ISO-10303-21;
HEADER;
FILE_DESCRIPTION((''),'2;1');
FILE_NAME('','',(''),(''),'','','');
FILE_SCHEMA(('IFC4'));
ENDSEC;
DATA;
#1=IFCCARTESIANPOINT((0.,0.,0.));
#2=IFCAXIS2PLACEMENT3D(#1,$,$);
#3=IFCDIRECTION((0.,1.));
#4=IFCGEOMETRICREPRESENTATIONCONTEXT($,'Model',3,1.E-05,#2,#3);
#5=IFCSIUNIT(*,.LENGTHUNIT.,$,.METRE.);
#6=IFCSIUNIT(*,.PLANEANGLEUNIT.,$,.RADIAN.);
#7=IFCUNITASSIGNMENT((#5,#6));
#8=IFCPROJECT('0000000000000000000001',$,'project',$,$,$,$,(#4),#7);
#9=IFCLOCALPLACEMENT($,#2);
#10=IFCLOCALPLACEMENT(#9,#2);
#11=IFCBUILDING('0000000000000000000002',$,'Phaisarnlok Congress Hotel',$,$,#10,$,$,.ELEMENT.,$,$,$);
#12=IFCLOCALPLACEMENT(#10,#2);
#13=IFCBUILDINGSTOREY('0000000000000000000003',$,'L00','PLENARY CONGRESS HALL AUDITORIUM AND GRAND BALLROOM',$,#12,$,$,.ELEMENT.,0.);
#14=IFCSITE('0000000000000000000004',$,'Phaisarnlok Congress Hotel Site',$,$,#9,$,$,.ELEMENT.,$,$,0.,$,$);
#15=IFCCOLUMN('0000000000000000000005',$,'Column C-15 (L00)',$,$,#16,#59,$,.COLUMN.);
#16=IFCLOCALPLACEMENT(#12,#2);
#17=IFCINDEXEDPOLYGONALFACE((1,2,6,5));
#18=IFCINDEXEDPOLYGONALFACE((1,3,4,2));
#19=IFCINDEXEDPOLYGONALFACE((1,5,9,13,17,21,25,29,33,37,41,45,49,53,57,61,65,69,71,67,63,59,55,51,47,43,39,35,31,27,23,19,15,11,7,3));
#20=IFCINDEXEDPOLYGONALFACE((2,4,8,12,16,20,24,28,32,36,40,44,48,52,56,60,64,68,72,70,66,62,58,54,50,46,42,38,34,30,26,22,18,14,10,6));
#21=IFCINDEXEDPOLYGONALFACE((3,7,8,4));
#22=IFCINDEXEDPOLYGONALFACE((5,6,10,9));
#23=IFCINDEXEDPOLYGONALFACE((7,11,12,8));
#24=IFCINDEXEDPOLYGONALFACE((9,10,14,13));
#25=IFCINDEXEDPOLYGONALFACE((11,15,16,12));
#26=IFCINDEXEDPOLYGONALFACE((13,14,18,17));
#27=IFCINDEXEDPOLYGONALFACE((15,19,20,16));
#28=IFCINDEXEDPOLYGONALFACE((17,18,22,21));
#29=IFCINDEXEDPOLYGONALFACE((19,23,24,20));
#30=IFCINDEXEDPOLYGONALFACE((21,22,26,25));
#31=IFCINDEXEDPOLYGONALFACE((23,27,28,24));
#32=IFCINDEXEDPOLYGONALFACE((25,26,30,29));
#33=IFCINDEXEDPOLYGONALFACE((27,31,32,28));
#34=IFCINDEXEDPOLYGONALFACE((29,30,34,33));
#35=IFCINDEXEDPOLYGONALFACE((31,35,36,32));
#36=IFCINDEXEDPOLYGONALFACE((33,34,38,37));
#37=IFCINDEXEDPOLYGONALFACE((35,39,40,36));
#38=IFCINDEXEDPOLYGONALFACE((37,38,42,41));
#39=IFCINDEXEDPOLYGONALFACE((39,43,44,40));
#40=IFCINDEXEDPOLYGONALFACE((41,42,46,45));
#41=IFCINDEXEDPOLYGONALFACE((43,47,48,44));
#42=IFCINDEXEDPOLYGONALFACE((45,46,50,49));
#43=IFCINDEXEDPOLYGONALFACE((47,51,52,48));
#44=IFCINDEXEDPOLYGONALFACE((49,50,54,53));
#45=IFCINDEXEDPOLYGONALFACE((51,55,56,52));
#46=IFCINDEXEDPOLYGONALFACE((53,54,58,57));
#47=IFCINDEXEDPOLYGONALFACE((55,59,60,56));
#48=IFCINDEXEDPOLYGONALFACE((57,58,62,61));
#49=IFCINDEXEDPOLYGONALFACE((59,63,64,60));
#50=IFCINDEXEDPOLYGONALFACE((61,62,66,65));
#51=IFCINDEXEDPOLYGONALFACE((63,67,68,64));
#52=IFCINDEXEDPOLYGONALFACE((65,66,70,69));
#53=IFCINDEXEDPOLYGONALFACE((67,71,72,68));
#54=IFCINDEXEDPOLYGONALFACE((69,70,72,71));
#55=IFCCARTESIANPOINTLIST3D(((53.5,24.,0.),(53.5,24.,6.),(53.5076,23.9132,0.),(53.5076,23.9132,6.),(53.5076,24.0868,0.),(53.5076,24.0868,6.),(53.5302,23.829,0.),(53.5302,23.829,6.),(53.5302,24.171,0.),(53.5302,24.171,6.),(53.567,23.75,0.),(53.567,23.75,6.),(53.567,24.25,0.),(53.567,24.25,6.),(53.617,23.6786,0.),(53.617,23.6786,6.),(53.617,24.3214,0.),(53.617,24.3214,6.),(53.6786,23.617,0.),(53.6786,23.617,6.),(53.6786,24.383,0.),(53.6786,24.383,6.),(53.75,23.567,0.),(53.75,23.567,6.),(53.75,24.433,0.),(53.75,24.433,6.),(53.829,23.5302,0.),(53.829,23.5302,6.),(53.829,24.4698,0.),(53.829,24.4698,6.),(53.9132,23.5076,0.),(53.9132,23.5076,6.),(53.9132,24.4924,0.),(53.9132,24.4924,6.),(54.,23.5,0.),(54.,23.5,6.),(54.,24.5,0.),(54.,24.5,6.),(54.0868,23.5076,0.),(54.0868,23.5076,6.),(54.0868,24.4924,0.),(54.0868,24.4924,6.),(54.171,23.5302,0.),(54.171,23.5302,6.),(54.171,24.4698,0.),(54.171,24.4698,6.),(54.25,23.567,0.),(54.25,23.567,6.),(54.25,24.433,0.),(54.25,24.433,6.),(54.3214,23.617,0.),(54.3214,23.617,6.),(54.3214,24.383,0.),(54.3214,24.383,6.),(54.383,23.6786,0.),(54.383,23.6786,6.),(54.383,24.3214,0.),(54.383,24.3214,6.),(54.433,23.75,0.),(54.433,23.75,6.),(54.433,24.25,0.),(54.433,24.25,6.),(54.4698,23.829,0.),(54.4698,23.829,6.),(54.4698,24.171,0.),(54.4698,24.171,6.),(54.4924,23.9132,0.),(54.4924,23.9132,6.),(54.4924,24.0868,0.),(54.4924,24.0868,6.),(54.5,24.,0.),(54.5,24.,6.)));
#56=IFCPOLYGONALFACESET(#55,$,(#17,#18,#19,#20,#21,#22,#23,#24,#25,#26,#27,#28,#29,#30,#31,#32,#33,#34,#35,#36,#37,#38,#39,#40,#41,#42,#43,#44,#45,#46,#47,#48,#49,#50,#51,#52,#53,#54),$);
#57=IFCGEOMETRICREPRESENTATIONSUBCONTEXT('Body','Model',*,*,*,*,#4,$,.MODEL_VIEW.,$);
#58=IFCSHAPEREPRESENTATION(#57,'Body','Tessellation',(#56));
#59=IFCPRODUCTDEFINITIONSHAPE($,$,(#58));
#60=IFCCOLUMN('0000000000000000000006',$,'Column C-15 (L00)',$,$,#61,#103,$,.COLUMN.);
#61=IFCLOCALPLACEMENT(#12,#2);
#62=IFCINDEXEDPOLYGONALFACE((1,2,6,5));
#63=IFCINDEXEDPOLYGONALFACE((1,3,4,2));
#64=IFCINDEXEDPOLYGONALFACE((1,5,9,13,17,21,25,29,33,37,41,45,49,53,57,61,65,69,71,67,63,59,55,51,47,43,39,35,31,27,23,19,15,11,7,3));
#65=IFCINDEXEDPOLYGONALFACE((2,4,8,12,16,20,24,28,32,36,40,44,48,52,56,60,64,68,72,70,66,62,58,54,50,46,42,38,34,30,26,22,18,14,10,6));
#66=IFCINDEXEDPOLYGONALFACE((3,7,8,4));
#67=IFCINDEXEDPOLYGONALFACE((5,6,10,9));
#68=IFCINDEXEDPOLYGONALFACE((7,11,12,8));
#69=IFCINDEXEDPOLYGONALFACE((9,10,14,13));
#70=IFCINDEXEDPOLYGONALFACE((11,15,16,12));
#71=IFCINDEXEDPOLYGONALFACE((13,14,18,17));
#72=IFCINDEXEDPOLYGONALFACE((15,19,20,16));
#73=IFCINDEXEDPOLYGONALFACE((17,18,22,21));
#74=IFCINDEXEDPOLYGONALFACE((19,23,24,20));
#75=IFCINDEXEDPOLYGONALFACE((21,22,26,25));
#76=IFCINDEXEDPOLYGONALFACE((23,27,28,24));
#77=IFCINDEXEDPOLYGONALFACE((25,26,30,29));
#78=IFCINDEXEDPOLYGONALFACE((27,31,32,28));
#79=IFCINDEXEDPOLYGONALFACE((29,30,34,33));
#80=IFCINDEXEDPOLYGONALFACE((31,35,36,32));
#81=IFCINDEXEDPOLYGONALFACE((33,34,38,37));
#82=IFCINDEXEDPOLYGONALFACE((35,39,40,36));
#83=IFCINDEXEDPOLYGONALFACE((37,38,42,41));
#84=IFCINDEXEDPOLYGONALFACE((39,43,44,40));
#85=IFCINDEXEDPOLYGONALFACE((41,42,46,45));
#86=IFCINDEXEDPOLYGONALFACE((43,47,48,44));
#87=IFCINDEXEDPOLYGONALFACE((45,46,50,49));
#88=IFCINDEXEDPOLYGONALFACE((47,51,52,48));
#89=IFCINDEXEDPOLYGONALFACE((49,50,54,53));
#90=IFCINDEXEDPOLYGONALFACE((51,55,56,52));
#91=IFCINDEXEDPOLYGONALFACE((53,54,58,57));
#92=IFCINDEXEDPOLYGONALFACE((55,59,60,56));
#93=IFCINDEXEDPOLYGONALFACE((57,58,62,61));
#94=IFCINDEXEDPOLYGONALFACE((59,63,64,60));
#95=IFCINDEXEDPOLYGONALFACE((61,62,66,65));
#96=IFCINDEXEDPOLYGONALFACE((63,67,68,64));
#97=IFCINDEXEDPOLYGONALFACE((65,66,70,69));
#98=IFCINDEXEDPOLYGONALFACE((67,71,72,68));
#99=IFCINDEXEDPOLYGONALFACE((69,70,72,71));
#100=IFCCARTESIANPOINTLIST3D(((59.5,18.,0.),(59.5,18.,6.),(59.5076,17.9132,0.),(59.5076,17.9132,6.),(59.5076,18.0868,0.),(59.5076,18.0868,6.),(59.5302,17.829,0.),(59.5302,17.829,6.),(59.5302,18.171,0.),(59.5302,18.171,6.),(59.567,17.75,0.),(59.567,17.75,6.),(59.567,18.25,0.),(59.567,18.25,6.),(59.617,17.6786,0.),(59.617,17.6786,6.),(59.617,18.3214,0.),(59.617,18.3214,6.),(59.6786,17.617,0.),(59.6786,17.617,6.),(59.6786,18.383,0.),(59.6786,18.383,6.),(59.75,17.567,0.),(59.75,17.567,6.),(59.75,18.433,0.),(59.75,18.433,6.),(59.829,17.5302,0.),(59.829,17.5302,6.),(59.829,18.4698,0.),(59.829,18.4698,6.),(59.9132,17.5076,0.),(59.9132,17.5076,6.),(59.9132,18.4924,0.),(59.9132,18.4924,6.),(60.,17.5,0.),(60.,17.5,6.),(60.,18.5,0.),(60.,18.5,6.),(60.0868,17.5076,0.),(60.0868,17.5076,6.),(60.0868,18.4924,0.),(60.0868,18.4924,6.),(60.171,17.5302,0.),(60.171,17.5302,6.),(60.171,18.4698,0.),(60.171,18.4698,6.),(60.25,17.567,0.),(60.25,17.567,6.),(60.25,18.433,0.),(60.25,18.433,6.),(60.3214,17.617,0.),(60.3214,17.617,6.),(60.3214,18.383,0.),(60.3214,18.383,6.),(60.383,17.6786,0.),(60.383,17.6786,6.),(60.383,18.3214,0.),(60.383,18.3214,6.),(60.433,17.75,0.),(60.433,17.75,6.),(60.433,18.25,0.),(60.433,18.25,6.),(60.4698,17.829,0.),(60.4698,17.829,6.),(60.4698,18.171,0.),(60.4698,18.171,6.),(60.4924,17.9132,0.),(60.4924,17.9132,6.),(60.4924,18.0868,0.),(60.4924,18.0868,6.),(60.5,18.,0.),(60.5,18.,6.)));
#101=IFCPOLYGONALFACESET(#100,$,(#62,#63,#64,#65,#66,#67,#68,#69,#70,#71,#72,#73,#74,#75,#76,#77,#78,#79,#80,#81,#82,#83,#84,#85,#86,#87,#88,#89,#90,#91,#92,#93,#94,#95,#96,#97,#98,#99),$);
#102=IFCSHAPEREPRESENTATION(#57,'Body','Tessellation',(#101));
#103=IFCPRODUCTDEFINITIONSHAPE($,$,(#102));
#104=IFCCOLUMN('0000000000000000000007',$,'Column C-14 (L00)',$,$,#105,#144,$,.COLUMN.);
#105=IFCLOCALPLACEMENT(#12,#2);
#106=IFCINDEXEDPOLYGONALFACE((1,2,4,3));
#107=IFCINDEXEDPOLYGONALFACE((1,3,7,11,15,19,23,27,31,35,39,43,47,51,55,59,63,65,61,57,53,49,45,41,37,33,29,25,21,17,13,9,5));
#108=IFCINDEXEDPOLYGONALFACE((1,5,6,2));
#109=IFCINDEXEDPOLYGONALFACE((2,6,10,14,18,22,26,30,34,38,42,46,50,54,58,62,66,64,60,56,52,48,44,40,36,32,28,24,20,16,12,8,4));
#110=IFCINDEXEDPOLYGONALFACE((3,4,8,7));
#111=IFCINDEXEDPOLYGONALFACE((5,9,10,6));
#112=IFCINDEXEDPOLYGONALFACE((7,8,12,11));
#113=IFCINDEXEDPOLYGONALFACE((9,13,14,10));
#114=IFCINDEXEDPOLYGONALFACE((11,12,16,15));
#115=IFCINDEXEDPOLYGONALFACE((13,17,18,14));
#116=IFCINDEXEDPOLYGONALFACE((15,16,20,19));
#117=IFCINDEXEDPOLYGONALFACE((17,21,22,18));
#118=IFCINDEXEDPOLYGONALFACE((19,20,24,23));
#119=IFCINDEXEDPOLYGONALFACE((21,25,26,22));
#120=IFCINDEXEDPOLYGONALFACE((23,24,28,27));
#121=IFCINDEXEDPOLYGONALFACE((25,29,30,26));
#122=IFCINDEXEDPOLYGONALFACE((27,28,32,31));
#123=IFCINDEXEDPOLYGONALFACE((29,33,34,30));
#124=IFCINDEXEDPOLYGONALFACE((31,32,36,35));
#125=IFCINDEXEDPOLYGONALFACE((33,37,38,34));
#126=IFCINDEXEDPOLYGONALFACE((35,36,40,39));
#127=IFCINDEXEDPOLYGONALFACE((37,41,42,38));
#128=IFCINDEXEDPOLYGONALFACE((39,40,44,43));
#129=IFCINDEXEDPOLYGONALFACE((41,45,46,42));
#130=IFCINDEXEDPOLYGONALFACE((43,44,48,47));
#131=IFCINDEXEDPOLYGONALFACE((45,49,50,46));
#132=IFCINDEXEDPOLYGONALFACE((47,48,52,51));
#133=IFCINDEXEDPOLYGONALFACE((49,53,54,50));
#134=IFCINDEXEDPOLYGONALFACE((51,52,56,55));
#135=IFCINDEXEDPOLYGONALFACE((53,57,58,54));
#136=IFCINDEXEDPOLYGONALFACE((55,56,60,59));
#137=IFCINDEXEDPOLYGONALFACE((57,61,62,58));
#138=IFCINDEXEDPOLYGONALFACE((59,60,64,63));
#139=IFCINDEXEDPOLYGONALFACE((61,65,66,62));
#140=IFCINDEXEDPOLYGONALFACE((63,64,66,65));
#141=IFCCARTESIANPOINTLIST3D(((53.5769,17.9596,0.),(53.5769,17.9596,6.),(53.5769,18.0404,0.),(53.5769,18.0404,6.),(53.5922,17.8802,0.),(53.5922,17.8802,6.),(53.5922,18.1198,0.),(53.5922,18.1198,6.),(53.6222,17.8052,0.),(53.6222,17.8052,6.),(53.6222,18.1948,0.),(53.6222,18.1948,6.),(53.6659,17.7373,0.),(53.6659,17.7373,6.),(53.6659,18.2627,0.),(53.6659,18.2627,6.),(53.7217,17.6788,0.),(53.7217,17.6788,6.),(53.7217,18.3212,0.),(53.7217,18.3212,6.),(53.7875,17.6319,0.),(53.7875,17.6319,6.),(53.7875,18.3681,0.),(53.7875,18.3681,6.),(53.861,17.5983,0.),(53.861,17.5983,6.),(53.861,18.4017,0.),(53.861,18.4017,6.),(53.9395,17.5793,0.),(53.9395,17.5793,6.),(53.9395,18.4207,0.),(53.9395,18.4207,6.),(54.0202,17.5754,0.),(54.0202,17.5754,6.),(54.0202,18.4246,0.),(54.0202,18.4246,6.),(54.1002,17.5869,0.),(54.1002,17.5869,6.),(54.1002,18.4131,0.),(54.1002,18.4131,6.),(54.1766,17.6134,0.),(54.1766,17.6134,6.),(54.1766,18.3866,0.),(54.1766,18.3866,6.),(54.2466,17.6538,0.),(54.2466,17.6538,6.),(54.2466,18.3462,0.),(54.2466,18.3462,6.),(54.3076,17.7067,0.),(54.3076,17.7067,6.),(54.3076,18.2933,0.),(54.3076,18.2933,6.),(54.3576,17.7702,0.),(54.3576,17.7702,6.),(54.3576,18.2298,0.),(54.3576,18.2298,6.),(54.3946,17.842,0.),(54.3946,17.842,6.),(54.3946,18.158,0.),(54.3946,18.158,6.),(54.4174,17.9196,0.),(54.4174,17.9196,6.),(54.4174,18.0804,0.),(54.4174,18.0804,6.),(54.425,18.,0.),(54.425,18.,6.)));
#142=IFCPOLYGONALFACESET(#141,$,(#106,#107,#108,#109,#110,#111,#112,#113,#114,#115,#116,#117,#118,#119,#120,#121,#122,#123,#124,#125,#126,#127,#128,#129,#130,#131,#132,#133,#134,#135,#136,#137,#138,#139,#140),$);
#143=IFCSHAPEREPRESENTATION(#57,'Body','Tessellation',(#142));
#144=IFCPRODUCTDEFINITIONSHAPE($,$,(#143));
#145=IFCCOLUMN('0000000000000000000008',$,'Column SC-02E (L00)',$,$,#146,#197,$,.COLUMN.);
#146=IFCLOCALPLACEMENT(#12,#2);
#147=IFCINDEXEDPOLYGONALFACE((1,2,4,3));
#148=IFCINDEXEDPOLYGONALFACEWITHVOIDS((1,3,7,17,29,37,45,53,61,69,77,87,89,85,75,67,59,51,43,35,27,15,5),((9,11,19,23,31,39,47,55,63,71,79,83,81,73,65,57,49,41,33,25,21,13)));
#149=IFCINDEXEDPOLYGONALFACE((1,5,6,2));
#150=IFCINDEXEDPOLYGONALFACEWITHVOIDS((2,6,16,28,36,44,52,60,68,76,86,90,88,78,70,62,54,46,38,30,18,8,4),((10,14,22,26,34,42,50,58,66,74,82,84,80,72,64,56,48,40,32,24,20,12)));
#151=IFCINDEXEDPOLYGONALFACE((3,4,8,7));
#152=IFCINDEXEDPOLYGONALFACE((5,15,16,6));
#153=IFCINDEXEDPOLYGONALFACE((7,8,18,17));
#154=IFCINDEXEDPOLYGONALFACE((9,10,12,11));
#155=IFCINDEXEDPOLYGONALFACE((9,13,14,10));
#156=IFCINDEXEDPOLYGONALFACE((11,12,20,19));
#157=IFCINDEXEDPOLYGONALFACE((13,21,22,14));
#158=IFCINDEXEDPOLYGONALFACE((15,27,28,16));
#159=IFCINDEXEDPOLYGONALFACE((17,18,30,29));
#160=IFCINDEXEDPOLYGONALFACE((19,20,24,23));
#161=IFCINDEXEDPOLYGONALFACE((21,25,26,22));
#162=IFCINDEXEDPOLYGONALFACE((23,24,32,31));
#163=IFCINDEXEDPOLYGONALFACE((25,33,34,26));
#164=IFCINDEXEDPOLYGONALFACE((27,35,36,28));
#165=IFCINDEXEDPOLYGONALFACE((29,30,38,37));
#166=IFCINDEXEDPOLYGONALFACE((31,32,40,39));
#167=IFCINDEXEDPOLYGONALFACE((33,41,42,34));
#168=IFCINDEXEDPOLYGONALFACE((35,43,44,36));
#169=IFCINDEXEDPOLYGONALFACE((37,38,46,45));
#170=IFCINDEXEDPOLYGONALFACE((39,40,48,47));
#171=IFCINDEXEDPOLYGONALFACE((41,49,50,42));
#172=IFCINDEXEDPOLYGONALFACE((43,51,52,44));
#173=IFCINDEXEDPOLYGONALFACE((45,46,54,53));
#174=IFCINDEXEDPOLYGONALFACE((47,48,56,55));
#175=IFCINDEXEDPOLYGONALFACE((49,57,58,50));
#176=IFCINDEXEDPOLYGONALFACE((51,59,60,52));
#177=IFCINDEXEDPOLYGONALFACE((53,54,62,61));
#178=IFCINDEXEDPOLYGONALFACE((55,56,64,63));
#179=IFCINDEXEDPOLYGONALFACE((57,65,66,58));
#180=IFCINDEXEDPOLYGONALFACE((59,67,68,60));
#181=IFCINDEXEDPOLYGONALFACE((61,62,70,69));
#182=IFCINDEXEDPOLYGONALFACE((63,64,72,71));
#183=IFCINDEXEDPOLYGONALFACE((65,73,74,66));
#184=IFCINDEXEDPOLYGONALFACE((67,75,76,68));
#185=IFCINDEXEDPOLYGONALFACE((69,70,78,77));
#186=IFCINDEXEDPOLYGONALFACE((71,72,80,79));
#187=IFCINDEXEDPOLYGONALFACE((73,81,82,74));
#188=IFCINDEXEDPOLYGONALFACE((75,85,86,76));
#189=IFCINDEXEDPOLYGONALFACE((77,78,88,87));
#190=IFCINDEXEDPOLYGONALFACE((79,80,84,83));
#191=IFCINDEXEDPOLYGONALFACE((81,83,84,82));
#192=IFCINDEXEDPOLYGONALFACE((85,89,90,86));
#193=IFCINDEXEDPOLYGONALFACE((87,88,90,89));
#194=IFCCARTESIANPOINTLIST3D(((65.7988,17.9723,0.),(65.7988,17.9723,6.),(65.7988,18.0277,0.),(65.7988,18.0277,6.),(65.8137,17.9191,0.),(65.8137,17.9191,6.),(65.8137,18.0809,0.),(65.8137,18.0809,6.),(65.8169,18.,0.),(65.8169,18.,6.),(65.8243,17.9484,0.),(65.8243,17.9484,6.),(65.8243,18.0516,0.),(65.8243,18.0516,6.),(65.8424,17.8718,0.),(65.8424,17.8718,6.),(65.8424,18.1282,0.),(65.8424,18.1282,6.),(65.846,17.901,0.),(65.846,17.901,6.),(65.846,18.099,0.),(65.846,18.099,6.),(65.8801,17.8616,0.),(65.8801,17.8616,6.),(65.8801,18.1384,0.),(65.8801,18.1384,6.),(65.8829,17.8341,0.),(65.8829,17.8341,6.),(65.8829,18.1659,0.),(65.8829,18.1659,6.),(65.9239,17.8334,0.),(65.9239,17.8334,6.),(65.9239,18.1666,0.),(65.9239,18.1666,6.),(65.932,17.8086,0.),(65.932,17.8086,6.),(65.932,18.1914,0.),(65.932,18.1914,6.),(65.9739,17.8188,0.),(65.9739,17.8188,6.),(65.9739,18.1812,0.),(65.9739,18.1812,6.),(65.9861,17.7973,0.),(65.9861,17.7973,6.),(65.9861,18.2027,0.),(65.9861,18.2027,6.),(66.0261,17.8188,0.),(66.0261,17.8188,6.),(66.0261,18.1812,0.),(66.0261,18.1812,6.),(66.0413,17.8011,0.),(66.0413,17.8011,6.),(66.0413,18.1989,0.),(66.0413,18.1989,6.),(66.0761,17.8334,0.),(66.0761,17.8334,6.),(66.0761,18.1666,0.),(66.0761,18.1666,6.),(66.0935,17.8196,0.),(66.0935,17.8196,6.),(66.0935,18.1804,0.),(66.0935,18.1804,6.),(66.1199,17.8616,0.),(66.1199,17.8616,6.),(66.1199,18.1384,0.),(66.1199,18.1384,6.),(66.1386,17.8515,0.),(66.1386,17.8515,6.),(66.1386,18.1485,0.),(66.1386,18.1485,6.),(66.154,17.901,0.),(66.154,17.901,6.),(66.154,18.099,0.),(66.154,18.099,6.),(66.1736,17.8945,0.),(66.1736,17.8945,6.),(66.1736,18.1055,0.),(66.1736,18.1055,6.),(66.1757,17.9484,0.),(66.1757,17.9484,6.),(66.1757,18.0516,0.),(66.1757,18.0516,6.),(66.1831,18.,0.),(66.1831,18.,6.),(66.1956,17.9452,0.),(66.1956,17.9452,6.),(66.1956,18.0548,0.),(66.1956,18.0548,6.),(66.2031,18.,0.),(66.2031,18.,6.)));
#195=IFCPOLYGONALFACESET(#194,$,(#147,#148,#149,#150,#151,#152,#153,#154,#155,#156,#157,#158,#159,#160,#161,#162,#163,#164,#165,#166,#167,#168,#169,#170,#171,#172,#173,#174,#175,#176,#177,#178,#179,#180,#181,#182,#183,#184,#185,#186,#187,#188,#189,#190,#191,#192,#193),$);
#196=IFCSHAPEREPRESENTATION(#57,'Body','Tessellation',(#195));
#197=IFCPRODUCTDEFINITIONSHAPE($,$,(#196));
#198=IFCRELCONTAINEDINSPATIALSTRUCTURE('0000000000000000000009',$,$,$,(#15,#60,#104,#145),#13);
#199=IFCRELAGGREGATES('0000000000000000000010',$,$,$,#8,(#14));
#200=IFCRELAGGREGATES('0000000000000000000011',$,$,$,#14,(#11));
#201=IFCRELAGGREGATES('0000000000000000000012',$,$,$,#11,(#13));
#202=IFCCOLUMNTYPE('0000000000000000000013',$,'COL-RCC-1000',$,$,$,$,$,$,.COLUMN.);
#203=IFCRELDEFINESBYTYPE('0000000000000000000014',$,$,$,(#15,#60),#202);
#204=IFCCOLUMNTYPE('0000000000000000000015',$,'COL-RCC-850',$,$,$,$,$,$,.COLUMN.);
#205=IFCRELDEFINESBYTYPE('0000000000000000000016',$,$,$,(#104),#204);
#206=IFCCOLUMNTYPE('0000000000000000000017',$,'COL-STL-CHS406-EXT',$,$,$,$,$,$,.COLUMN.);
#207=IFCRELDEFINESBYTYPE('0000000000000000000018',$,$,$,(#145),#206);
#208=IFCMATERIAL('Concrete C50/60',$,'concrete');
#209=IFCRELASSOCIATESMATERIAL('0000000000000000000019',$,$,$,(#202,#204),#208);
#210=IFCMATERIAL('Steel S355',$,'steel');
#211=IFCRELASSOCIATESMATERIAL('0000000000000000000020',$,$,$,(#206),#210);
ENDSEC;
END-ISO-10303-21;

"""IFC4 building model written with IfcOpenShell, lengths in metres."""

from ifc_helpers import new_model, si_unit, direction, frame, origin, origin_2d, place, context, subcontext, project, spatial, circle, hollow_circle, extrude, material, material_profile, profile_set, type_object, element, save


model = new_model("IFC4")

# Units and contexts
model_context = context("Model", 3, precision=1e-05, world=origin(), true_north=direction((0.0, 1.0)))
body_context = subcontext(model_context, "Body", "Model", "MODEL_VIEW")
ifc_project = project(units=[si_unit("LENGTHUNIT", "METRE"), si_unit("PLANEANGLEUNIT", "RADIAN")], contexts=[model_context])

# Site, building, storey
site_placement = place(None, origin())
site = spatial("IfcSite", under=ifc_project, at=site_placement, Name="Phaisarnlok Congress Hotel Site", CompositionType="ELEMENT", RefElevation=0.0)
building_placement = place(site_placement, origin())
building = spatial("IfcBuilding", under=site, at=building_placement, Name="Phaisarnlok Congress Hotel", CompositionType="ELEMENT")
storey_placement = place(building_placement, origin())
storey = spatial("IfcBuildingStorey", under=building, at=storey_placement, Name="L00", Description="PLENARY CONGRESS HALL AUDITORIUM AND GRAND BALLROOM", CompositionType="ELEMENT", Elevation=0.0)

# Columns
ifc_material_1 = material(Name="Concrete C50/60", Category="concrete")
ifc_material_profile_1 = material_profile(ifc_material_1, circle(Radius=0.5, at=origin_2d()), Name="RCC D1000")
ifc_profile_set_1 = profile_set([ifc_material_profile_1], Name="Concrete C50/60")
column_type_1 = type_object("IfcColumnType", Name="COL-RCC-1000", PredefinedType="COLUMN", material=ifc_profile_set_1)
for number, where, z_axis, x_axis, name in (
    (1, (54.0, 24.0, 0.0), (0.0, 0.0, 1.0), (1.0, 0.0, 0.0), "Column C-15 (L00)"),
    (2, (60.0, 18.0, 0.0), (0.0, 0.0, 1.0), (1.0, 0.0, 0.0), "Column C-15 (L00)"),
):
    element("IfcColumn", number, at=place(storey_placement, frame(where, z_axis=z_axis, x_axis=x_axis)), inside=storey, type_object=column_type_1, Name=name, PredefinedType="COLUMN", context=body_context, shape_type="SweptSolid", body=[
        extrude(circle(Radius=0.5, at=origin_2d()), origin(), (0.0, 0.0, 1.0), 6.0),
    ])
ifc_material_profile_2 = material_profile(ifc_material_1, circle(Radius=0.425, at=origin_2d()), Name="RCC D850")
ifc_profile_set_2 = profile_set([ifc_material_profile_2], Name="Concrete C50/60")
column_type_2 = type_object("IfcColumnType", Name="COL-RCC-850", PredefinedType="COLUMN", material=ifc_profile_set_2)
column_1_placement = place(storey_placement, frame((54.0, 18.0, 0.0), z_axis=(0.0, 0.0, 1.0), x_axis=(1.0, 0.0, 0.0)))
element("IfcColumn", 3, at=column_1_placement, inside=storey, type_object=column_type_2, Name="Column C-14 (L00)", PredefinedType="COLUMN", context=body_context, shape_type="SweptSolid", body=[
    extrude(circle(Radius=0.425, at=origin_2d()), origin(), (0.0, 0.0, 1.0), 6.0),
])
ifc_material_2 = material(Name="Steel S355", Category="steel")
ifc_material_profile_3 = material_profile(ifc_material_2, hollow_circle(Radius=0.2031, WallThickness=0.02, at=origin_2d()), Name="CHS 406.4x20")
ifc_profile_set_3 = profile_set([ifc_material_profile_3], Name="Steel S355")
column_type_3 = type_object("IfcColumnType", Name="COL-STL-CHS406-EXT", PredefinedType="COLUMN", material=ifc_profile_set_3)
for number, where, z_axis, x_axis, name in (
    (4, (66.0, 18.0, 0.0), (0.0, 0.0, 1.0), (1.0, 0.0, 0.0), "Column SC-02E (L00)"),
):
    element("IfcColumn", number, at=place(storey_placement, frame(where, z_axis=z_axis, x_axis=x_axis)), inside=storey, type_object=column_type_3, Name=name, PredefinedType="COLUMN", context=body_context, shape_type="SweptSolid", body=[
        extrude(hollow_circle(Radius=0.2031, WallThickness=0.02, at=origin_2d()), origin(), (0.0, 0.0, 1.0), 6.0),
    ])

save(model, "model.ifc")
